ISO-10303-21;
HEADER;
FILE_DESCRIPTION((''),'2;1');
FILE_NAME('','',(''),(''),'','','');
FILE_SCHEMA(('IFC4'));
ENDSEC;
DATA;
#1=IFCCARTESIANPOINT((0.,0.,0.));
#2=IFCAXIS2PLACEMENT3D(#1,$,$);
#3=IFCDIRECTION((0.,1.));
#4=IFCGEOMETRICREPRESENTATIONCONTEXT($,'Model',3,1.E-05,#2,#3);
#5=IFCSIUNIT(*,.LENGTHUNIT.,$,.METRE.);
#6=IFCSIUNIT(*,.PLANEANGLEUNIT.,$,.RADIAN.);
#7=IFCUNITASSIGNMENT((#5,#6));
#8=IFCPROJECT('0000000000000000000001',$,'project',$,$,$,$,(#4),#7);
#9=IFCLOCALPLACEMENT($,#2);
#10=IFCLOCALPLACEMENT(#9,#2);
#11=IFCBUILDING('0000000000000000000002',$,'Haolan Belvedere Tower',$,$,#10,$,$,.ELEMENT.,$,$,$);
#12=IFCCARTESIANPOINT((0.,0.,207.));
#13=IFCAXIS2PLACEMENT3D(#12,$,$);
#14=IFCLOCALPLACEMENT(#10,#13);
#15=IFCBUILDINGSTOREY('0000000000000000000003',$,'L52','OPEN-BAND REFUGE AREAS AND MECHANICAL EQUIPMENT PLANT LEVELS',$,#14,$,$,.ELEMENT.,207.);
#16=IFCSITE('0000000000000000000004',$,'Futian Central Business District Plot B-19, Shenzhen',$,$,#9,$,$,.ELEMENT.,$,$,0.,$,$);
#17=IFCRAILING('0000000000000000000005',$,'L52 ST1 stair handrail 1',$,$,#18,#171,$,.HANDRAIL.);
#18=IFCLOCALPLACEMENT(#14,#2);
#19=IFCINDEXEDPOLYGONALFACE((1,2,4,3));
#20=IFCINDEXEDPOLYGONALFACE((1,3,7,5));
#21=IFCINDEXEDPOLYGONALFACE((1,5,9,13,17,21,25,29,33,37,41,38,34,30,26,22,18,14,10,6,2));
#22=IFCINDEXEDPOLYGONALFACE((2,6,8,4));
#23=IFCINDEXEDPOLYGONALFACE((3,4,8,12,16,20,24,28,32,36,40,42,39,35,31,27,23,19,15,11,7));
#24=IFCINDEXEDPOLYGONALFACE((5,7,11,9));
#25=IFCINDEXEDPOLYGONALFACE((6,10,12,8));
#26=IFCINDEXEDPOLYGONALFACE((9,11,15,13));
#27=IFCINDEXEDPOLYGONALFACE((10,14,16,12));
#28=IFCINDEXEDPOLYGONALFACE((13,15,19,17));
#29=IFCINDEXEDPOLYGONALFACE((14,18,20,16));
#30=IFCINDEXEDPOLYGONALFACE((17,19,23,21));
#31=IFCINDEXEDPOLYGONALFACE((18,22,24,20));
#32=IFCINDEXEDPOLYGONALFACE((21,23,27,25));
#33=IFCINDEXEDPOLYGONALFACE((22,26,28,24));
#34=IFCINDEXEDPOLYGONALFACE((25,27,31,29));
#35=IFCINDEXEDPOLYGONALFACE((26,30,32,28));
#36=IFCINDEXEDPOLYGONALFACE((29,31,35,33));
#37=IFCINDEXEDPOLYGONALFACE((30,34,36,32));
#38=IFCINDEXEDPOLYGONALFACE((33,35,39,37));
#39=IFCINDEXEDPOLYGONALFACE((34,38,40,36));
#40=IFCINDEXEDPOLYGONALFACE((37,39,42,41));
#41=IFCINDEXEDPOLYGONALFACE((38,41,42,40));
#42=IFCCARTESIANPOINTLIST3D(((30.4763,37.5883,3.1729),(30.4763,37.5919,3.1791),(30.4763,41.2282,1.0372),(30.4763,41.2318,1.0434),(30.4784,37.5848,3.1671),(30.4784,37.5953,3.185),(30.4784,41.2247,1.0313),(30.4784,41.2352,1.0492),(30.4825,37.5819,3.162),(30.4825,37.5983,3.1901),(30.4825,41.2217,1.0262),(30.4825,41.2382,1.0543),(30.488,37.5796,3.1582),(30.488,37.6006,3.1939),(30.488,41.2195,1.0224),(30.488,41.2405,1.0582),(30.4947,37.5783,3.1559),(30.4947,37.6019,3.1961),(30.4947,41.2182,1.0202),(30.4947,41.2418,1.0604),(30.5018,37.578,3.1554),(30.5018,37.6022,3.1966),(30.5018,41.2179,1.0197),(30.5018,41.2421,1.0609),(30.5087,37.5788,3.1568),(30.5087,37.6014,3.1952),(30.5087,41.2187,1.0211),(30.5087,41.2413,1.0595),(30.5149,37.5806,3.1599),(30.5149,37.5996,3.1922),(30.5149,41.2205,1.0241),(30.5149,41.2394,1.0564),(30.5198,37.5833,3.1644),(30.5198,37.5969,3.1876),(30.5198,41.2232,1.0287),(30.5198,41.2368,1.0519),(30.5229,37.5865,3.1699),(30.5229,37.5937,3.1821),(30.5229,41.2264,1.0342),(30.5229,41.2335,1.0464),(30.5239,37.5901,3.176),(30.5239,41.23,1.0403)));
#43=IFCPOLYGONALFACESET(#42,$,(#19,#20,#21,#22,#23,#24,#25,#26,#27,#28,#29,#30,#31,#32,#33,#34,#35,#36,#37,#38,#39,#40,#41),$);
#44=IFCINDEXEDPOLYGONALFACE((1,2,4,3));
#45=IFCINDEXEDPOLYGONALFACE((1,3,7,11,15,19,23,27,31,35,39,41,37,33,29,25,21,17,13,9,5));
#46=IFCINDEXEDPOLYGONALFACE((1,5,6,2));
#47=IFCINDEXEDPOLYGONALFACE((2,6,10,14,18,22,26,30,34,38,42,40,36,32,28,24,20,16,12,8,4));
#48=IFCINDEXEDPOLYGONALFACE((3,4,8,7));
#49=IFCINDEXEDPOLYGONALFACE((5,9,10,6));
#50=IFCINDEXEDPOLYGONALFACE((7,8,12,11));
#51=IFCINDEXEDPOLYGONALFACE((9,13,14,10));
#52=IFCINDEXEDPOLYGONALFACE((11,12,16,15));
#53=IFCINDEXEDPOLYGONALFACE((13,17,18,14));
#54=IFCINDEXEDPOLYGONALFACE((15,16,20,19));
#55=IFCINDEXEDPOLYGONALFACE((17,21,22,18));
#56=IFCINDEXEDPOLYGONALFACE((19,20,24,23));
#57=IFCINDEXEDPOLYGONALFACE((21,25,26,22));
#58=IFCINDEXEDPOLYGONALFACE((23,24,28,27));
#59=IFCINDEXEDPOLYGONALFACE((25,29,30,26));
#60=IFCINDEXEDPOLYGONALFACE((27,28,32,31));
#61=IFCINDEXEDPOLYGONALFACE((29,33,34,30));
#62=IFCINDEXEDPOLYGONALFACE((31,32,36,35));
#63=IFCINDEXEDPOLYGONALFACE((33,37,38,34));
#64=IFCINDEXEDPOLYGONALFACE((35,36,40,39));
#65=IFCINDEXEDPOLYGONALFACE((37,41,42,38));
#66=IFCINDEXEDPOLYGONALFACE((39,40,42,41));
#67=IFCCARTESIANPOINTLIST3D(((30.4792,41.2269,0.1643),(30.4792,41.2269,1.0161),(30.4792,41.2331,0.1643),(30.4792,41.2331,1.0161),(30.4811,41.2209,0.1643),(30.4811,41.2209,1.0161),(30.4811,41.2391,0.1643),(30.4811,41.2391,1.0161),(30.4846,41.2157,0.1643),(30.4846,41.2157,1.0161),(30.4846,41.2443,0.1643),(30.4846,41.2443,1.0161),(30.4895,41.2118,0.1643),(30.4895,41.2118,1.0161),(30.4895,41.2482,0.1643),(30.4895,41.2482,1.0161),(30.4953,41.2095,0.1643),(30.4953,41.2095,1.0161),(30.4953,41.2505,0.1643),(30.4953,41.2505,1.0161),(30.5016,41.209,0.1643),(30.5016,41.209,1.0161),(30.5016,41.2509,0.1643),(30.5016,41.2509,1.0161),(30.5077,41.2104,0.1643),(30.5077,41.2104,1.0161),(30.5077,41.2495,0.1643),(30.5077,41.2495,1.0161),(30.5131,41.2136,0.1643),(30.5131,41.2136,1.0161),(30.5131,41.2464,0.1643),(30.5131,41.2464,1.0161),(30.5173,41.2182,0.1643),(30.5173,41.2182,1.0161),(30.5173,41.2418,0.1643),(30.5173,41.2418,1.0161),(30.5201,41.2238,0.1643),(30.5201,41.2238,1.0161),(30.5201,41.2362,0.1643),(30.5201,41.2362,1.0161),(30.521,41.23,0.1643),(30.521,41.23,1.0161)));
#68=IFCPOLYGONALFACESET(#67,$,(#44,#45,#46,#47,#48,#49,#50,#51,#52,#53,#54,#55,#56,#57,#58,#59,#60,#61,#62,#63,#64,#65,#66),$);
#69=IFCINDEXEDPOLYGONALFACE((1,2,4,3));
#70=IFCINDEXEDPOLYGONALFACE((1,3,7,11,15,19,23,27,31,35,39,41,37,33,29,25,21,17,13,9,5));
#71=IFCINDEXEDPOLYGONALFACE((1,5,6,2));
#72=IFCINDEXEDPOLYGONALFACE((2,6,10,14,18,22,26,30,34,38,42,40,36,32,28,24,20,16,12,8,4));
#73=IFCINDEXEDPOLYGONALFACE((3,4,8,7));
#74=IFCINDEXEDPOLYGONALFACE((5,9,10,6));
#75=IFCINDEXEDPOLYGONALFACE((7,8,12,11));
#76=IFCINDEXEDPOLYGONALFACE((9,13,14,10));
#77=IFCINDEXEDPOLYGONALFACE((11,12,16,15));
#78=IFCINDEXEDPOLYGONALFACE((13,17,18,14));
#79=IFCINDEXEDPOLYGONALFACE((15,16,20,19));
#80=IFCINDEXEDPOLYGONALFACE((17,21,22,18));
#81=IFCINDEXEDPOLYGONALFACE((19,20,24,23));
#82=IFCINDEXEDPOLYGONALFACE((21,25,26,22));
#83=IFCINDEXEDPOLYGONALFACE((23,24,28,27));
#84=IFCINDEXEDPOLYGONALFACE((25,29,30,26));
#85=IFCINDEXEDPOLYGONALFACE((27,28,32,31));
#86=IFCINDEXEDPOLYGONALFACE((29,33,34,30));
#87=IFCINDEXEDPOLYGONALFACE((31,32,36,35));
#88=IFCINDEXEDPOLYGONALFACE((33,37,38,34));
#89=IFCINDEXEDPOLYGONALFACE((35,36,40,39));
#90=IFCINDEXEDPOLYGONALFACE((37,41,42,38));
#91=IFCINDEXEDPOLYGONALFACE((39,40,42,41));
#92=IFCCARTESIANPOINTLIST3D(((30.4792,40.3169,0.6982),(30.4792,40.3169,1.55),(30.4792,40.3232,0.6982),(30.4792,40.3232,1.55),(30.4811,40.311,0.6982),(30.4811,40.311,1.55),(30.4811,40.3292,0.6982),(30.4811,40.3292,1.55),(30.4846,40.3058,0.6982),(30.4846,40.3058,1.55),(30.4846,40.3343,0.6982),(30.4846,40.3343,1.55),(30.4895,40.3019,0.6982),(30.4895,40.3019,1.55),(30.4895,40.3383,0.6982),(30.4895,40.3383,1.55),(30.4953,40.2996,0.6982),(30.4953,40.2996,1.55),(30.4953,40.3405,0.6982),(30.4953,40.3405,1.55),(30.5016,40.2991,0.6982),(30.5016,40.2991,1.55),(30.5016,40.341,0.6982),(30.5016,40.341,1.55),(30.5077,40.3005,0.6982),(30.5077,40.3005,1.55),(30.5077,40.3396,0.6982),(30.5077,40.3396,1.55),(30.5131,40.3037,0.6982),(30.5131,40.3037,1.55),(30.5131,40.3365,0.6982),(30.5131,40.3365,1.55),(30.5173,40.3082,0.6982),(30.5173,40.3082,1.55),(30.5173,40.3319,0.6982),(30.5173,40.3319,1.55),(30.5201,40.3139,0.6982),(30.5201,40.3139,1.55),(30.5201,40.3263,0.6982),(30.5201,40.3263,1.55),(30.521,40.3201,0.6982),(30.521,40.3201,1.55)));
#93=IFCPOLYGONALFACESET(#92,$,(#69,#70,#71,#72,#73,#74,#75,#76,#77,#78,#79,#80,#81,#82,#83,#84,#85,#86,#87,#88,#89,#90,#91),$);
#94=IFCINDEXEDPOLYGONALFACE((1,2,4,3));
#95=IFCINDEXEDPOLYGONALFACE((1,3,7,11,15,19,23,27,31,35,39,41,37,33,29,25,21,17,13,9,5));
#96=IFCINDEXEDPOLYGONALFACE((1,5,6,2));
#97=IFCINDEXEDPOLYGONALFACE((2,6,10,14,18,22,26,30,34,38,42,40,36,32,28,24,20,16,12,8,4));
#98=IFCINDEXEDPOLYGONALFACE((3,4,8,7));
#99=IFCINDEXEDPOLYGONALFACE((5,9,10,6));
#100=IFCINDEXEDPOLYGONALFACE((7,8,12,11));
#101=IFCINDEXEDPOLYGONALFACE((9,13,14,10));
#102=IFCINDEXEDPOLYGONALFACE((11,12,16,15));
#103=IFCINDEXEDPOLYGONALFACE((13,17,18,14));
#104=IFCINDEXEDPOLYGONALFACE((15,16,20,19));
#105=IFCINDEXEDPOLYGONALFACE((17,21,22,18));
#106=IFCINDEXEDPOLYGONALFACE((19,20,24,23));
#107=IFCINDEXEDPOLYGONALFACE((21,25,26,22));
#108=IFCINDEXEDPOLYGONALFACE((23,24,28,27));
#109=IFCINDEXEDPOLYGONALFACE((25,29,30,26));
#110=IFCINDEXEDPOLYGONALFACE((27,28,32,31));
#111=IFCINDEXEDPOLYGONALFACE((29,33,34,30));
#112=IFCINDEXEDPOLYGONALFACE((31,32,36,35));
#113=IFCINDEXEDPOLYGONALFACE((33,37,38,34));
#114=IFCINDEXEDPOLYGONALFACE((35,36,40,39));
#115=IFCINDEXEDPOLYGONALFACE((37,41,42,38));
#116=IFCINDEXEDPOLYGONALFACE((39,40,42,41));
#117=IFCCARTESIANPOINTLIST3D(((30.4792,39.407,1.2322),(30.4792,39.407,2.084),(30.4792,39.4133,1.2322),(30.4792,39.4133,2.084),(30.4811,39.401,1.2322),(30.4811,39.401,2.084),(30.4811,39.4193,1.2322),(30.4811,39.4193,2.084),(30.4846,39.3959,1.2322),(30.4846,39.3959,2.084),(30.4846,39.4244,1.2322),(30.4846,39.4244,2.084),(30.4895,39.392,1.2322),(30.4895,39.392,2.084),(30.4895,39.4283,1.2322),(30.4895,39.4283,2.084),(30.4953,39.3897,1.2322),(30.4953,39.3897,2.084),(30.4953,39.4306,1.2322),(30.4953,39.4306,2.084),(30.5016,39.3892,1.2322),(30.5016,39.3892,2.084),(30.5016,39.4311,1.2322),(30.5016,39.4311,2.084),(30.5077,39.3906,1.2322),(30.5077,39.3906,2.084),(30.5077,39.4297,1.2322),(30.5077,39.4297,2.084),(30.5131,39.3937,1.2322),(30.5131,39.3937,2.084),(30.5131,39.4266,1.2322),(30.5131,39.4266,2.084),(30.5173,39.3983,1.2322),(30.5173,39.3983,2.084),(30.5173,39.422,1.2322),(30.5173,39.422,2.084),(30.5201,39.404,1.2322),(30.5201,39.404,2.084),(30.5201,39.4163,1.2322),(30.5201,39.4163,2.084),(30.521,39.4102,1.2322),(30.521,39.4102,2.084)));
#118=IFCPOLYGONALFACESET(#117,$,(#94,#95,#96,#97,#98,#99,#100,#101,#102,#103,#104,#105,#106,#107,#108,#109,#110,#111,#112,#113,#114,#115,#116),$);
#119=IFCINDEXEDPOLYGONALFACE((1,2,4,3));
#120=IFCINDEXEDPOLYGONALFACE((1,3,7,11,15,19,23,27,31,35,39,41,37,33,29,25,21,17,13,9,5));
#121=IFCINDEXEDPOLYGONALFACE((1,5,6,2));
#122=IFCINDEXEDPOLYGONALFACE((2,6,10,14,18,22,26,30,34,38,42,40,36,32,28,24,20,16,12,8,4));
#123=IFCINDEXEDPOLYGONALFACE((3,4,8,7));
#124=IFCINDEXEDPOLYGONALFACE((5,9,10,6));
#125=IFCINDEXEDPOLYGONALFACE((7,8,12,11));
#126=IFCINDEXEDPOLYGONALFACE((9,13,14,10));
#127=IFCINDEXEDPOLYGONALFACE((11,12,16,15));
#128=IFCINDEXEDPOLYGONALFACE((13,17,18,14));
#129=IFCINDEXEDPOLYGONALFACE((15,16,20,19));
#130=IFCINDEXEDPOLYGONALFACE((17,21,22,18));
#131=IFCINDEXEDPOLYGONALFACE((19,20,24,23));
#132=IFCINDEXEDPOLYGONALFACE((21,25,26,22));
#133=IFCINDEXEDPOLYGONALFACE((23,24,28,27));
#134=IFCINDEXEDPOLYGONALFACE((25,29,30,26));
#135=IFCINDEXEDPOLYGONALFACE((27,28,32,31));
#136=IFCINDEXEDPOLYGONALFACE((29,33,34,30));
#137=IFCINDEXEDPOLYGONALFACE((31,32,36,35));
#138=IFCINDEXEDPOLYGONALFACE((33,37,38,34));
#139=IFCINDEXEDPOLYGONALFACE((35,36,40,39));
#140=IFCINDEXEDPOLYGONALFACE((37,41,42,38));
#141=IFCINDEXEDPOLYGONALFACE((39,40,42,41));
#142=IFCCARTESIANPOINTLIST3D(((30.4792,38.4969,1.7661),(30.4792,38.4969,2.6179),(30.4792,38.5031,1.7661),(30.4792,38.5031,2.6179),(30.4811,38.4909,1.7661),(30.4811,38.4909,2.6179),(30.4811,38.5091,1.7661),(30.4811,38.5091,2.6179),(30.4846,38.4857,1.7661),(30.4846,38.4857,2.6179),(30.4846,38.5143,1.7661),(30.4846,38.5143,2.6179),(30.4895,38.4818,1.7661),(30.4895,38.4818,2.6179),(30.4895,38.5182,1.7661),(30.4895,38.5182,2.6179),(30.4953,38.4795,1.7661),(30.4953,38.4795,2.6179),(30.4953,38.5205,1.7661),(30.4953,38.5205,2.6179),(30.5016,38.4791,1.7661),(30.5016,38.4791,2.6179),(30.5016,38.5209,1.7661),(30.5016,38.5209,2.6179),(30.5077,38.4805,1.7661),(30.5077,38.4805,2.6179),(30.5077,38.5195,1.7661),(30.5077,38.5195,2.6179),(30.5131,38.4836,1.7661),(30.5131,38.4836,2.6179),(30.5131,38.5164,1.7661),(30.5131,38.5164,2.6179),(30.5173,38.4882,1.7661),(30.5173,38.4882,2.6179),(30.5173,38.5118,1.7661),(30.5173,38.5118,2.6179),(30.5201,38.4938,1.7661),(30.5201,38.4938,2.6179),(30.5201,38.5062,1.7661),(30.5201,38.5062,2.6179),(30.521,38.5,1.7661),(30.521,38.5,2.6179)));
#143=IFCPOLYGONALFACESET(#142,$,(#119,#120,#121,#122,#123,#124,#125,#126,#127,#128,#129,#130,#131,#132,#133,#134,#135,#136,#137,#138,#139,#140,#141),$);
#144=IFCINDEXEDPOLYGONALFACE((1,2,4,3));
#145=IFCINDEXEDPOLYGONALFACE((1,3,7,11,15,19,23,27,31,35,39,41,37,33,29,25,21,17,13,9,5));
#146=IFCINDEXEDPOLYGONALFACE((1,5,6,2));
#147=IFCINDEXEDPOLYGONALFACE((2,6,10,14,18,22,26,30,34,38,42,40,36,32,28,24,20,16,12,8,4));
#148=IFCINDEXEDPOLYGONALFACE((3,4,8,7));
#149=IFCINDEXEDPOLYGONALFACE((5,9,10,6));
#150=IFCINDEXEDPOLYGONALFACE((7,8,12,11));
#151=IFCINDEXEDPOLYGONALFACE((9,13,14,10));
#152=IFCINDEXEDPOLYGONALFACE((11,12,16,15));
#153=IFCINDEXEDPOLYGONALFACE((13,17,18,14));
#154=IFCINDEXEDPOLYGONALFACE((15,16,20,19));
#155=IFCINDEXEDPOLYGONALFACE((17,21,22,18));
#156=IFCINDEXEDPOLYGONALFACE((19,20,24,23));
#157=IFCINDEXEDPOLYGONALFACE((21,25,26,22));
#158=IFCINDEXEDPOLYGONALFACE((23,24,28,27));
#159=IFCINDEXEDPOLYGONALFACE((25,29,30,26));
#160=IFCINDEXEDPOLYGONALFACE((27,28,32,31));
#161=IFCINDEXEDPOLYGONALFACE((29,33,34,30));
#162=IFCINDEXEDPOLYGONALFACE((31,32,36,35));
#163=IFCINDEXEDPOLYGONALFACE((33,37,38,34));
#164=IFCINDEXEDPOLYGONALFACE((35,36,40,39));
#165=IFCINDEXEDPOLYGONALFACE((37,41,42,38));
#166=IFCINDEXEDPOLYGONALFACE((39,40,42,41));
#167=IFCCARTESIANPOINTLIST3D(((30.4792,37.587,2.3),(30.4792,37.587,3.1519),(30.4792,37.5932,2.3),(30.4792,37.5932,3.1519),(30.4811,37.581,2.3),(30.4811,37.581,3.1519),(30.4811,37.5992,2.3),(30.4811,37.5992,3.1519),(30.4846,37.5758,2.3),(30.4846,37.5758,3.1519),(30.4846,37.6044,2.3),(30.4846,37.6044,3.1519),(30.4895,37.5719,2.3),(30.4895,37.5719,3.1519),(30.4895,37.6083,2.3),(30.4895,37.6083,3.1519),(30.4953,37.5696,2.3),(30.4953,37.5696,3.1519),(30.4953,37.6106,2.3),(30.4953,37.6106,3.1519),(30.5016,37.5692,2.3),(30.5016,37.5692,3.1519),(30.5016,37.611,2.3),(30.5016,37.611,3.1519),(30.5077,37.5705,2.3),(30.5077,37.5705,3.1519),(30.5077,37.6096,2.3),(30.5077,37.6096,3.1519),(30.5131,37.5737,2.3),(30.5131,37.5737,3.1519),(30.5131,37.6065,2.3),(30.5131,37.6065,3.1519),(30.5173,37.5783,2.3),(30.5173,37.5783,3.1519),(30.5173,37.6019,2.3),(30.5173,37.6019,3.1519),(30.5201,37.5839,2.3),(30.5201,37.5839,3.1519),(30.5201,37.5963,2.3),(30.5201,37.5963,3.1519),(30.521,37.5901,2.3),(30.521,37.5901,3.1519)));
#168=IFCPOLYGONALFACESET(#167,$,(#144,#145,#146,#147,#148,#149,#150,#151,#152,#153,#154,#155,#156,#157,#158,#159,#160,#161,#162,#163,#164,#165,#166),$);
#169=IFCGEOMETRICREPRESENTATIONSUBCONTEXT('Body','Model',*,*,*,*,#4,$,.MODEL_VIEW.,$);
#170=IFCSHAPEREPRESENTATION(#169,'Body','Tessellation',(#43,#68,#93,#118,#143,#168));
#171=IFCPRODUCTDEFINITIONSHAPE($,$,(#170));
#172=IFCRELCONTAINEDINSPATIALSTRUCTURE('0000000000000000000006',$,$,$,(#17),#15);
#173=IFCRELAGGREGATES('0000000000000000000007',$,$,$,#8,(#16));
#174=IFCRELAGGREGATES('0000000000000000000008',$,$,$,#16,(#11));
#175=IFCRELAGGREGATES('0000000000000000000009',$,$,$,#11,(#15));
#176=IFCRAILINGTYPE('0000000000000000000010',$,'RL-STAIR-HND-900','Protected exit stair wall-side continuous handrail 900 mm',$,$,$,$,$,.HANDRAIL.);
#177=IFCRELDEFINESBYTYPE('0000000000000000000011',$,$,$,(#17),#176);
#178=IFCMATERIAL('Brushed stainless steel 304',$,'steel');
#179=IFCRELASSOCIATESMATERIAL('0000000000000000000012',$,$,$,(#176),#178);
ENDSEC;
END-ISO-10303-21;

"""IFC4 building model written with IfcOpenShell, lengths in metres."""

from ifc_helpers import new_model, si_unit, direction, frame, origin, origin_2d, place, context, subcontext, project, spatial, circle, extrude, material, type_object, element, save


model = new_model("IFC4")

# Units and contexts
model_context = context("Model", 3, precision=1e-05, world=origin(), true_north=direction((0.0, 1.0)))
body_context = subcontext(model_context, "Body", "Model", "MODEL_VIEW")
ifc_project = project(units=[si_unit("LENGTHUNIT", "METRE"), si_unit("PLANEANGLEUNIT", "RADIAN")], contexts=[model_context])

# Site, building, storey
site_placement = place(None, origin())
site = spatial("IfcSite", under=ifc_project, at=site_placement, Name="Futian Central Business District Plot B-19, Shenzhen", CompositionType="ELEMENT", RefElevation=0.0)
building_placement = place(site_placement, origin())
building = spatial("IfcBuilding", under=site, at=building_placement, Name="Haolan Belvedere Tower", CompositionType="ELEMENT")
storey_placement = place(building_placement, frame((0.0, 0.0, 207.0)))
storey = spatial("IfcBuildingStorey", under=building, at=storey_placement, Name="L52", Description="OPEN-BAND REFUGE AREAS AND MECHANICAL EQUIPMENT PLANT LEVELS", CompositionType="ELEMENT", Elevation=207.0)

# Railing
ifc_material_1 = material(Name="Brushed stainless steel 304", Category="steel")
railing_type_1 = type_object("IfcRailingType", Name="RL-STAIR-HND-900", Description="Protected exit stair wall-side continuous handrail 900 mm", PredefinedType="HANDRAIL", material=ifc_material_1)
railing_1_placement = place(storey_placement, frame((30.5, 41.23, 0.1643)))
element("IfcRailing", 1, at=railing_1_placement, inside=storey, type_object=railing_type_1, Name="L52 ST1 stair handrail 1", PredefinedType="HANDRAIL", context=body_context, shape_type="SweptSolid", body=[
    extrude(circle(Radius=0.0239, at=origin_2d()), frame((0.0, 0.0, 0.876), z_axis=(0.0, -0.86249, 0.506074), x_axis=(1.0, 0.0, 0.0)), (0.0, 0.0, 1.0), 4.2202),
    extrude(circle(Radius=0.021, at=origin_2d()), origin(), (0.0, 0.0, 1.0), 0.8518),
    extrude(circle(Radius=0.021, at=origin_2d()), frame((0.0, -0.9099, 0.5339)), (0.0, 0.0, 1.0), 0.8518),
    extrude(circle(Radius=0.021, at=origin_2d()), frame((0.0, -1.8198, 1.0679)), (0.0, 0.0, 1.0), 0.8518),
    extrude(circle(Radius=0.021, at=origin_2d()), frame((0.0, -2.73, 1.6018)), (0.0, 0.0, 1.0), 0.8518),
    extrude(circle(Radius=0.021, at=origin_2d()), frame((0.0, -3.6399, 2.1357)), (0.0, 0.0, 1.0), 0.8518),
])

save(model, "model.ifc")
